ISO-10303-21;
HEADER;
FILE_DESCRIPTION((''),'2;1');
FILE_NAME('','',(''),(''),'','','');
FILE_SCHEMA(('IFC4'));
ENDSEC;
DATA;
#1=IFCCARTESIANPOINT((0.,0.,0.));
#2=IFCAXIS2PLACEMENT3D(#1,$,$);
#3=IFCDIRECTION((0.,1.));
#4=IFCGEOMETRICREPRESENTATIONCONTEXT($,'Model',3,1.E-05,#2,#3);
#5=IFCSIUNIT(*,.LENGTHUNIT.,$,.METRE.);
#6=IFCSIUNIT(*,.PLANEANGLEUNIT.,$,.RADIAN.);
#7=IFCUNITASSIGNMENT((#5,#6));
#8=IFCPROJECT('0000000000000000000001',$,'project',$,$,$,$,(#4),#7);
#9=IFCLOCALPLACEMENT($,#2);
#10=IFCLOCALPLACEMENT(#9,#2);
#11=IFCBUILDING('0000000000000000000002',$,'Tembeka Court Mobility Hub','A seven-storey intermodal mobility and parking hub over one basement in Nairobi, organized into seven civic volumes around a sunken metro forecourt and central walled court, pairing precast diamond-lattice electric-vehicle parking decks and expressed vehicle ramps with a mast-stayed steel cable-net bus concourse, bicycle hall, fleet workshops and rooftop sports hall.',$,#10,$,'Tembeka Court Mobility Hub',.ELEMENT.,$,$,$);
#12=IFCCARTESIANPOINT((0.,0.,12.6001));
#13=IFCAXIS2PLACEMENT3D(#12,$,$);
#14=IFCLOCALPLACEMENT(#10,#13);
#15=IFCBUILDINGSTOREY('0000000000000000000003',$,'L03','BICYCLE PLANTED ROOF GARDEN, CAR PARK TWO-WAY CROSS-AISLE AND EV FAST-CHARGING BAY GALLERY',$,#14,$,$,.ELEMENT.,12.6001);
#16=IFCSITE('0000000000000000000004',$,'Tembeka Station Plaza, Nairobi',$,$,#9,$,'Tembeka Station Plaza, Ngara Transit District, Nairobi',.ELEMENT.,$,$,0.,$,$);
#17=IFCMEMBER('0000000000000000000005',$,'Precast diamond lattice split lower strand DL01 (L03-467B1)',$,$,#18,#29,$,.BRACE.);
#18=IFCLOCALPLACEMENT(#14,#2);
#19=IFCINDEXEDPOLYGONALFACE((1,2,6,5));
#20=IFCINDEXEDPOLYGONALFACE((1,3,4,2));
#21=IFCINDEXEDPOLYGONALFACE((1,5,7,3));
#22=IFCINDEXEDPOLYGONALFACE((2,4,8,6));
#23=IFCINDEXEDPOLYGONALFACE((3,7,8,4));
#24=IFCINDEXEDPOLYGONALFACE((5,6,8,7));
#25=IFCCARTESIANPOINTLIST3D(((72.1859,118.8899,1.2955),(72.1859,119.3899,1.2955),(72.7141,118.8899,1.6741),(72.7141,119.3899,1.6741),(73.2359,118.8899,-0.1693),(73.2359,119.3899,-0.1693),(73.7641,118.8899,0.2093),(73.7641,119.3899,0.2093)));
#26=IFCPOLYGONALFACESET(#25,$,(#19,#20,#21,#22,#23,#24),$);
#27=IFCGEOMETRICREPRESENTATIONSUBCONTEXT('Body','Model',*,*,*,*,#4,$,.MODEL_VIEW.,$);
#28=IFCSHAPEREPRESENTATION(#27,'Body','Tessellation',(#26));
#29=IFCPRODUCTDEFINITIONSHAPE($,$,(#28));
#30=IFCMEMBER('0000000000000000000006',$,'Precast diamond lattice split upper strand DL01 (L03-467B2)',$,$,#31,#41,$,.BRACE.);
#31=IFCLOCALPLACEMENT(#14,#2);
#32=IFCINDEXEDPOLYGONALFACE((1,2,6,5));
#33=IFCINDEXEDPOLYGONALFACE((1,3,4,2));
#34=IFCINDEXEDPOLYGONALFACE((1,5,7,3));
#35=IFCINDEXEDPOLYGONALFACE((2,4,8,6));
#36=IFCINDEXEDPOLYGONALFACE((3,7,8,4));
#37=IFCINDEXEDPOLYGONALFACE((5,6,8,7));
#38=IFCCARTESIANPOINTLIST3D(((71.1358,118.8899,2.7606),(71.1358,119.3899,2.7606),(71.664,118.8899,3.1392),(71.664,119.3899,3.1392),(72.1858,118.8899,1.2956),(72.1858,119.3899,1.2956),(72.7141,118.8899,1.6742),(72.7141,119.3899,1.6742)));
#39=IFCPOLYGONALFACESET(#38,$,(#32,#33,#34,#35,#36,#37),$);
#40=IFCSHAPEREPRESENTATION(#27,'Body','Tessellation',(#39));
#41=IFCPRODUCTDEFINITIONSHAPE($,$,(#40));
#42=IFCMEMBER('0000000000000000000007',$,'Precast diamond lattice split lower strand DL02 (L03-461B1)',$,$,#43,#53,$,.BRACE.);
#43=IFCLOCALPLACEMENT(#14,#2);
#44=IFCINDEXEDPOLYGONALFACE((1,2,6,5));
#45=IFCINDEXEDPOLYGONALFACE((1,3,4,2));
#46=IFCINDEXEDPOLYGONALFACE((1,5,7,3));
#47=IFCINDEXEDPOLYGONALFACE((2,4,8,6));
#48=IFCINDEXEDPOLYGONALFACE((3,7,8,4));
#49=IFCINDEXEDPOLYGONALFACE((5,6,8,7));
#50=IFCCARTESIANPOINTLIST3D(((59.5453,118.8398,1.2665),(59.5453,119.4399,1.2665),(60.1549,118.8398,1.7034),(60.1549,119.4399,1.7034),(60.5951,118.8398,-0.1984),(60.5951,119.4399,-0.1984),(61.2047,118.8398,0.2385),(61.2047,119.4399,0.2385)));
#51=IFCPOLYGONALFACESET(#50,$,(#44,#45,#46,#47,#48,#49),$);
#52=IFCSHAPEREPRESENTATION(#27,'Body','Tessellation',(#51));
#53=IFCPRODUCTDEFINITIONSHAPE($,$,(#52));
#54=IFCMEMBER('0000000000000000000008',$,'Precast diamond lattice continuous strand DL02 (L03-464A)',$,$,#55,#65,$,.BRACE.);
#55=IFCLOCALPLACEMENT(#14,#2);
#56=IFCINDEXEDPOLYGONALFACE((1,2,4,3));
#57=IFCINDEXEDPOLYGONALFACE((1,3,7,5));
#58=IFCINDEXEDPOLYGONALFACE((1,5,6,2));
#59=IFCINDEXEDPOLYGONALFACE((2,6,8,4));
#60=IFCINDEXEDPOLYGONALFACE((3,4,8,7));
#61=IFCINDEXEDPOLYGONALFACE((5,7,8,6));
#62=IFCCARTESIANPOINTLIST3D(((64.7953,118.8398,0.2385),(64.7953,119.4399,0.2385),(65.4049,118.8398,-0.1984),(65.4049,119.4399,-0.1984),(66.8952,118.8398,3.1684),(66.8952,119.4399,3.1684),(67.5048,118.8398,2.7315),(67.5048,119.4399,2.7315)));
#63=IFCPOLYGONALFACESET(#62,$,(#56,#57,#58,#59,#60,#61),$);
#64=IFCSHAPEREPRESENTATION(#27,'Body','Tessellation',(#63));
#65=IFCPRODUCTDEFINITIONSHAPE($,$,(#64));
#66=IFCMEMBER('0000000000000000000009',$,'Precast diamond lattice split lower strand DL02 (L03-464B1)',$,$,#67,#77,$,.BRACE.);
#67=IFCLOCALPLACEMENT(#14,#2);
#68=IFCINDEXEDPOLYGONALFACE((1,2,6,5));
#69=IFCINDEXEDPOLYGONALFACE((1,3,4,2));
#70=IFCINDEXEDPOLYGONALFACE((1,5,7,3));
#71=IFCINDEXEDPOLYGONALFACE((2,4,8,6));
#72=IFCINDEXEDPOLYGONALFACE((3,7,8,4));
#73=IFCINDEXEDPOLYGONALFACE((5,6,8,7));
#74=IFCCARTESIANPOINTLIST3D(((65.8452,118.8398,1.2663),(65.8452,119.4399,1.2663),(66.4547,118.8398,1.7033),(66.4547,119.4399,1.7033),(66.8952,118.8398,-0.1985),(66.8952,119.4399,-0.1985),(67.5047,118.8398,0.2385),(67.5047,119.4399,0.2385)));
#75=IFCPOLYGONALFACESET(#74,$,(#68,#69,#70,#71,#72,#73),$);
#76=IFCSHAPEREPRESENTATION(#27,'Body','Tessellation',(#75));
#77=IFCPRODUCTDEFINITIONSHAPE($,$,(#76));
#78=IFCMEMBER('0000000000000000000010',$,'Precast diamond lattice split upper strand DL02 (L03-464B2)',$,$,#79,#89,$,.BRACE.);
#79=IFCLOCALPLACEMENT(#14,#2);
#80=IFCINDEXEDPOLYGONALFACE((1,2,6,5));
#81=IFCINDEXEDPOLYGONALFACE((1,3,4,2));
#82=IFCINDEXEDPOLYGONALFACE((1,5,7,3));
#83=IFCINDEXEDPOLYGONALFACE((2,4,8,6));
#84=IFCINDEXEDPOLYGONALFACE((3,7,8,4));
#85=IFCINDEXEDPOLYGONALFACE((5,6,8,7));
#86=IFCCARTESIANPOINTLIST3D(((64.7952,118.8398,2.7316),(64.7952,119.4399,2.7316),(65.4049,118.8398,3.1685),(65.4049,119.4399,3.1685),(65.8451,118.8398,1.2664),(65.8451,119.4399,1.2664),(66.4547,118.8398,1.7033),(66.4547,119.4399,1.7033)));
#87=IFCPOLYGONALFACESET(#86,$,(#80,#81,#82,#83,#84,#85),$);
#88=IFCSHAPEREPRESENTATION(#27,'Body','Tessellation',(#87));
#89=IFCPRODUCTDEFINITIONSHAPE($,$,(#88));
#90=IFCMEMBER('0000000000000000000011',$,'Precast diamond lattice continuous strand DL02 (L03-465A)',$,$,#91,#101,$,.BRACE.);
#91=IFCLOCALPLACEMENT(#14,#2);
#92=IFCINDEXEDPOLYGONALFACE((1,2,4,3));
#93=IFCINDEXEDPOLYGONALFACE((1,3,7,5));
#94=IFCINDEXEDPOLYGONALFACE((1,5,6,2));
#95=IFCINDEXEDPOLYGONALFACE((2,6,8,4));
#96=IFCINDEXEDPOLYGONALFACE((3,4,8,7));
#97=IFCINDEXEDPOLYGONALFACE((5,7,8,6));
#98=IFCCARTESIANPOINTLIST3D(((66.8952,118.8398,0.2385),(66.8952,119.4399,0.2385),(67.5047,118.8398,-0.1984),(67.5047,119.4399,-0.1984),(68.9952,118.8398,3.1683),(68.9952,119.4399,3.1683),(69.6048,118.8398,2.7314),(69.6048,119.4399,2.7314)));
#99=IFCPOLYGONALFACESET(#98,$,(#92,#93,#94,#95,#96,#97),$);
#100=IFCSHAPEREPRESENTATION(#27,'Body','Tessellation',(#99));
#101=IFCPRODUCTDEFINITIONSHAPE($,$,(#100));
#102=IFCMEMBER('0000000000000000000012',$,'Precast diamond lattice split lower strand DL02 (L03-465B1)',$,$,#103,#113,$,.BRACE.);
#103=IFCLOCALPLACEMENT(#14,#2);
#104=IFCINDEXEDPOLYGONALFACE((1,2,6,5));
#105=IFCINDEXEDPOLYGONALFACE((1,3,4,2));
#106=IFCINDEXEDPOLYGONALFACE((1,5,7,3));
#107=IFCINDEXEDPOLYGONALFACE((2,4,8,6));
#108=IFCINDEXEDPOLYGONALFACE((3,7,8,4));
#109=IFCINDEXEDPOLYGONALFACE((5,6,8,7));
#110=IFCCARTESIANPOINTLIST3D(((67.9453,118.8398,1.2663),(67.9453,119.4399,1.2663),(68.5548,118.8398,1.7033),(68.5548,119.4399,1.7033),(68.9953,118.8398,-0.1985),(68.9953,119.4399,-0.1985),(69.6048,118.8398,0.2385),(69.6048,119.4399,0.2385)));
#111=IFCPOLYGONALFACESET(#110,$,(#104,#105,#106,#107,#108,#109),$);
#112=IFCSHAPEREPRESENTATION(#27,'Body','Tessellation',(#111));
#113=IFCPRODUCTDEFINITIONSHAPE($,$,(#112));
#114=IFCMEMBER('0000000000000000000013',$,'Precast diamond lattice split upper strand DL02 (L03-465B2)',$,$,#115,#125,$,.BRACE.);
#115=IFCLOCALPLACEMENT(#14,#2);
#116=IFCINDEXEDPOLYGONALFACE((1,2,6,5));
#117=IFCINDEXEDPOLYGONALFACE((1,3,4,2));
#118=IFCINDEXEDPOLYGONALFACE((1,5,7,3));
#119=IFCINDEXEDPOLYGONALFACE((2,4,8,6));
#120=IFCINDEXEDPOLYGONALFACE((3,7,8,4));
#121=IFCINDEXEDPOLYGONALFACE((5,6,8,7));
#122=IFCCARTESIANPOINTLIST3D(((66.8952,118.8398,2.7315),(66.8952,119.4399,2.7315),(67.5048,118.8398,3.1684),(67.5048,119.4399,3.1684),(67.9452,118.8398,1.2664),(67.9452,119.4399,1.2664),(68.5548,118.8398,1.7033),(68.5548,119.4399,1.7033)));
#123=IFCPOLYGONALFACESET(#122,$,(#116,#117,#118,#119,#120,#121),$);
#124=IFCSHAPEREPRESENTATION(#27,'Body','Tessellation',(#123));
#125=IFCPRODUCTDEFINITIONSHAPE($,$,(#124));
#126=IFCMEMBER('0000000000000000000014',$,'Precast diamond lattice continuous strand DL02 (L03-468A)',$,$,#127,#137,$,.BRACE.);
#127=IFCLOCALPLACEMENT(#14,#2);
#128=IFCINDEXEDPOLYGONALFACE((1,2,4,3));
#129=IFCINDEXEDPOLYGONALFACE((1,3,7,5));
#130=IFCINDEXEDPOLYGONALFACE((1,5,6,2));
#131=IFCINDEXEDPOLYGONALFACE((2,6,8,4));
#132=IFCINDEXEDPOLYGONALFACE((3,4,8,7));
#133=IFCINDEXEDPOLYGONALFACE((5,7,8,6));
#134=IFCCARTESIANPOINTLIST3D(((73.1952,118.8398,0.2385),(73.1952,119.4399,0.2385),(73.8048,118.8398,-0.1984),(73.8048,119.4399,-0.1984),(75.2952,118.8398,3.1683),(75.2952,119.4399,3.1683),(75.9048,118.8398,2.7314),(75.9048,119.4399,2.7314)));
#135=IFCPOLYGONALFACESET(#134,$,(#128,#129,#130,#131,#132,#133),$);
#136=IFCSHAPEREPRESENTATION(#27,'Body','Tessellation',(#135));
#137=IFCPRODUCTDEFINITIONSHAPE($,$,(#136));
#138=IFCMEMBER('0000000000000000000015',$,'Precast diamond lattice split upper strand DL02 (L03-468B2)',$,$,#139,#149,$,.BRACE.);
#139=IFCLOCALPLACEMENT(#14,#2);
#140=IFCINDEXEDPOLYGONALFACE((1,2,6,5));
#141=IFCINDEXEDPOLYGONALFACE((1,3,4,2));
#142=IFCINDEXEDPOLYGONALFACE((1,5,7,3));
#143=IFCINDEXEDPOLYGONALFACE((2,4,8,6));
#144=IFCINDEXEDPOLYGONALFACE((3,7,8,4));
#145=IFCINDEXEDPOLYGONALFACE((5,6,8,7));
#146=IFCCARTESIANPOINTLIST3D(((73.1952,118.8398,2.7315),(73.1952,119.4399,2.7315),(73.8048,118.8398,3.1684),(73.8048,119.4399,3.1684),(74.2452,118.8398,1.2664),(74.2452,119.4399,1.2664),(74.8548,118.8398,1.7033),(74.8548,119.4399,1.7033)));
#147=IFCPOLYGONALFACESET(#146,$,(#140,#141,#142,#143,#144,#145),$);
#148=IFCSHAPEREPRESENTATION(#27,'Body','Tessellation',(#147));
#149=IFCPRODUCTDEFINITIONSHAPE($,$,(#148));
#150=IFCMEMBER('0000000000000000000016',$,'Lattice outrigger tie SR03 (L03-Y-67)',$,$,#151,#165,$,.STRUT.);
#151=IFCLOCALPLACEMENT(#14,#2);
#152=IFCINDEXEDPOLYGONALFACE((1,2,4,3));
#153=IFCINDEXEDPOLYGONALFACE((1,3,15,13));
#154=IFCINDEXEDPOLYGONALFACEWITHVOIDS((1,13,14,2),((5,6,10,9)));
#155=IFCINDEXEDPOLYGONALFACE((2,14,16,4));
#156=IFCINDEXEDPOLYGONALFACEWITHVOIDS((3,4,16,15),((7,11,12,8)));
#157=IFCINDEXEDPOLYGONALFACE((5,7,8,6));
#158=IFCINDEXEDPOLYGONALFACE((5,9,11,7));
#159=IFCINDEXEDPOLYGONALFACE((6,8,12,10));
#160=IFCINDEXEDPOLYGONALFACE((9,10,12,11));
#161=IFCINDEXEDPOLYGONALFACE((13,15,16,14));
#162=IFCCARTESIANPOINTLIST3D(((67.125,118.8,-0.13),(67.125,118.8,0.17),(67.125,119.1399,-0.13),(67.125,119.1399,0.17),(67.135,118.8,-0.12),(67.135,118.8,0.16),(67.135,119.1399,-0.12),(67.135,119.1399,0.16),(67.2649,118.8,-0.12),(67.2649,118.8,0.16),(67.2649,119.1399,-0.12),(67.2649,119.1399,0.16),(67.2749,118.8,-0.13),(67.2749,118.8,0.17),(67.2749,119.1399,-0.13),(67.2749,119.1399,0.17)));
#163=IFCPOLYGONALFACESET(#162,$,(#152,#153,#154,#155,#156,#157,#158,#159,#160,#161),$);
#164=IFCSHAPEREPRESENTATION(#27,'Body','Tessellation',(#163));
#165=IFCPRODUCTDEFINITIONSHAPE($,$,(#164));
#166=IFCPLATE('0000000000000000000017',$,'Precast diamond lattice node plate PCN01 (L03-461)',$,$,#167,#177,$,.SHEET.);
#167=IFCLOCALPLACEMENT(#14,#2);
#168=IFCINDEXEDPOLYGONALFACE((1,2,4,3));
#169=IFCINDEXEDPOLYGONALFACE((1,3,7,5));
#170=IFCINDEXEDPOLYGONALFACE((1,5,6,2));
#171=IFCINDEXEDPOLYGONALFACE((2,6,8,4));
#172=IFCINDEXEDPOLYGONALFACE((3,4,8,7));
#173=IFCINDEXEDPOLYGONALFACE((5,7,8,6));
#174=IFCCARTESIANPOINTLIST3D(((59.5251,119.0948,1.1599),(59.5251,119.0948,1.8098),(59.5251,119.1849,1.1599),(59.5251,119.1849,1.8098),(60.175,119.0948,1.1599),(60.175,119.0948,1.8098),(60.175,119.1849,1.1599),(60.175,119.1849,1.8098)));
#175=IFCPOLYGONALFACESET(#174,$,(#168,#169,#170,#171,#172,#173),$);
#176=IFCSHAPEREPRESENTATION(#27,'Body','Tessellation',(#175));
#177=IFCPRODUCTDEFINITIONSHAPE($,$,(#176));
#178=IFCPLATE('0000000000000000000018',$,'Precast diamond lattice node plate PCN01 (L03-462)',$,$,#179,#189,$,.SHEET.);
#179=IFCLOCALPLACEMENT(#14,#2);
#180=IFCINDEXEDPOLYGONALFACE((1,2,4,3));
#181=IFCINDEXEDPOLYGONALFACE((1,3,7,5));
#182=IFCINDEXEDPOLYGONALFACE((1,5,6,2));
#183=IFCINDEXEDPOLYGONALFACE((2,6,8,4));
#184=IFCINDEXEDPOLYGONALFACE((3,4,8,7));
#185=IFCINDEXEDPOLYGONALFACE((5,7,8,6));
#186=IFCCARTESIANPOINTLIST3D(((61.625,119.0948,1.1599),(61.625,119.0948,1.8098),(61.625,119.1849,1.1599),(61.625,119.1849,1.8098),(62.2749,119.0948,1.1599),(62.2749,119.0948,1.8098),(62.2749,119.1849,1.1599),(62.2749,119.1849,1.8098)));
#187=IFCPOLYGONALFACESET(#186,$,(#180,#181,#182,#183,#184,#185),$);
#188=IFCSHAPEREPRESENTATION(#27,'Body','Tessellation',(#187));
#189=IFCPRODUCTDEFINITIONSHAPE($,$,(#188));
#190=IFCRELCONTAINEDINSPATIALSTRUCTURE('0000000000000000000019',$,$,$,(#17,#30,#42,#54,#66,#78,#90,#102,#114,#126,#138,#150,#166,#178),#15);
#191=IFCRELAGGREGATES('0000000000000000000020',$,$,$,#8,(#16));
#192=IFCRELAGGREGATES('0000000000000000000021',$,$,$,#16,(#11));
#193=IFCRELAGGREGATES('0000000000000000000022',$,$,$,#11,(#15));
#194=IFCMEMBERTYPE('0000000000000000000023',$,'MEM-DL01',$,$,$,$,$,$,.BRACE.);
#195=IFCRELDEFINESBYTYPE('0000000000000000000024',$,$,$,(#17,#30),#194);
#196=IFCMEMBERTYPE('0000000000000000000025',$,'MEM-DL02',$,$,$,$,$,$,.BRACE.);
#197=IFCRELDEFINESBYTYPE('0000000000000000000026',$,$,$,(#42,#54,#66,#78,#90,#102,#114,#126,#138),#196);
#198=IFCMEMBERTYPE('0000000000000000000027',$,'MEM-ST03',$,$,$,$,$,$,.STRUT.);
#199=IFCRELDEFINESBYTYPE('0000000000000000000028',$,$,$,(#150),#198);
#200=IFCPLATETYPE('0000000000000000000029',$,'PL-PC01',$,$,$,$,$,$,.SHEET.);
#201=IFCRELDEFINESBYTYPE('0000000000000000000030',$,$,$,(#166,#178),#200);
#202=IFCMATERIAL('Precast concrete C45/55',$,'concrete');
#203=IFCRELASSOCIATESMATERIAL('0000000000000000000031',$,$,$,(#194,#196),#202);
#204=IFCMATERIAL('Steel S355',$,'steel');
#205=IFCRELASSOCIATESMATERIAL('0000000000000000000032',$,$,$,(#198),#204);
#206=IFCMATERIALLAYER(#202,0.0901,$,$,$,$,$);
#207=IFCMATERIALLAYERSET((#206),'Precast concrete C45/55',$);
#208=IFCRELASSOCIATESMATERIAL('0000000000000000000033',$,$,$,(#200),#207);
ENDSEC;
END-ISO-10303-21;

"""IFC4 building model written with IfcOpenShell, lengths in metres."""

from ifc_helpers import new_model, si_unit, direction, frame, origin, origin_2d, place, context, subcontext, project, spatial, rectangle, hollow_rectangle, extrude, material, layer, layer_set, material_profile, profile_set, type_object, element, save


model = new_model("IFC4")

# Units and contexts
model_context = context("Model", 3, precision=1e-05, world=origin(), true_north=direction((0.0, 1.0)))
body_context = subcontext(model_context, "Body", "Model", "MODEL_VIEW")
ifc_project = project(units=[si_unit("LENGTHUNIT", "METRE"), si_unit("PLANEANGLEUNIT", "RADIAN")], contexts=[model_context])

# Site, building, storey
site_placement = place(None, origin())
site = spatial("IfcSite", under=ifc_project, at=site_placement, Name="Tembeka Station Plaza, Nairobi", LongName="Tembeka Station Plaza, Ngara Transit District, Nairobi", CompositionType="ELEMENT", RefElevation=0.0)
building_placement = place(site_placement, origin())
building = spatial("IfcBuilding", under=site, at=building_placement, Name="Tembeka Court Mobility Hub", Description="A seven-storey intermodal mobility and parking hub over one basement in Nairobi, organized into seven civic volumes around a sunken metro forecourt and central walled court, pairing precast diamond-lattice electric-vehicle parking decks and expressed vehicle ramps with a mast-stayed steel cable-net bus concourse, bicycle hall, fleet workshops and rooftop sports hall.", LongName="Tembeka Court Mobility Hub", CompositionType="ELEMENT")
storey_placement = place(building_placement, frame((0.0, 0.0, 12.6001)))
storey = spatial("IfcBuildingStorey", under=building, at=storey_placement, Name="L03", Description="BICYCLE PLANTED ROOF GARDEN, CAR PARK TWO-WAY CROSS-AISLE AND EV FAST-CHARGING BAY GALLERY", CompositionType="ELEMENT", Elevation=12.6001)

# Shared definitions
ifc_material_1 = material(Name="Steel S355", Category="steel")

# Shared definitions
ifc_material_2 = material(Name="Precast concrete C45/55", Category="concrete")

# Members
ifc_material_profile_1 = material_profile(ifc_material_2, rectangle(XDim=0.5, YDim=0.6499, at=origin_2d()), Name="PC-DIAG 500x650")
ifc_profile_set_1 = profile_set([ifc_material_profile_1], Name="Precast concrete C45/55")
member_type_1 = type_object("IfcMemberType", Name="MEM-DL01", PredefinedType="BRACE", material=ifc_profile_set_1)
member_1_placement = place(storey_placement, frame((73.5, 119.1399, 0.02), z_axis=(-0.582608, 0.0, 0.812753), x_axis=(0.0, -1.0, 0.0)))
element("IfcMember", 1, at=member_1_placement, inside=storey, type_object=member_type_1, Name="Precast diamond lattice split lower strand DL01 (L03-467B1)", PredefinedType="BRACE", context=body_context, shape_type="SweptSolid", body=[
    extrude(rectangle(XDim=0.5, YDim=0.6499, at=origin_2d()), origin(), (0.0, 0.0, 1.0), 1.8022),
])
member_2_placement = place(storey_placement, frame((72.45, 119.1399, 1.4849), z_axis=(-0.582544, 0.0, 0.812799), x_axis=(0.0, -1.0, 0.0)))
element("IfcMember", 2, at=member_2_placement, inside=storey, type_object=member_type_1, Name="Precast diamond lattice split upper strand DL01 (L03-467B2)", PredefinedType="BRACE", context=body_context, shape_type="SweptSolid", body=[
    extrude(rectangle(XDim=0.5, YDim=0.6499, at=origin_2d()), origin(), (0.0, 0.0, 1.0), 1.8025),
])
ifc_material_profile_2 = material_profile(ifc_material_2, rectangle(XDim=0.6001, YDim=0.75, at=origin_2d()), Name="PC-DIAG 600x750")
ifc_profile_set_2 = profile_set([ifc_material_profile_2], Name="Precast concrete C45/55")
member_type_2 = type_object("IfcMemberType", Name="MEM-DL02", PredefinedType="BRACE", material=ifc_profile_set_2)
member_3_placement = place(storey_placement, frame((60.8999, 119.1399, 0.02), z_axis=(-0.582519, 0.0, 0.812817), x_axis=(0.0, -1.0, 0.0)))
element("IfcMember", 3, at=member_3_placement, inside=storey, type_object=member_type_2, Name="Precast diamond lattice split lower strand DL02 (L03-461B1)", PredefinedType="BRACE", context=body_context, shape_type="SweptSolid", body=[
    extrude(rectangle(XDim=0.6001, YDim=0.75, at=origin_2d()), origin(), (0.0, 0.0, 1.0), 1.8022),
])
member_4_placement = place(storey_placement, frame((65.1001, 119.1399, 0.02), z_axis=(0.582532, 0.0, 0.812808), x_axis=(0.0, 1.0, 0.0)))
element("IfcMember", 4, at=member_4_placement, inside=storey, type_object=member_type_2, Name="Precast diamond lattice continuous strand DL02 (L03-464A)", PredefinedType="BRACE", context=body_context, shape_type="SweptSolid", body=[
    extrude(rectangle(XDim=0.6001, YDim=0.75, at=origin_2d()), origin(), (0.0, 0.0, 1.0), 3.6047),
])
member_5_placement = place(storey_placement, frame((67.2, 119.1399, 0.02), z_axis=(-0.582608, 0.0, 0.812753), x_axis=(0.0, -1.0, 0.0)))
element("IfcMember", 5, at=member_5_placement, inside=storey, type_object=member_type_2, Name="Precast diamond lattice split lower strand DL02 (L03-464B1)", PredefinedType="BRACE", context=body_context, shape_type="SweptSolid", body=[
    extrude(rectangle(XDim=0.6001, YDim=0.75, at=origin_2d()), origin(), (0.0, 0.0, 1.0), 1.8022),
])
member_6_placement = place(storey_placement, frame((66.1499, 119.1399, 1.4849), z_axis=(-0.582455, 0.0, 0.812863), x_axis=(0.0, -1.0, 0.0)))
element("IfcMember", 6, at=member_6_placement, inside=storey, type_object=member_type_2, Name="Precast diamond lattice split upper strand DL02 (L03-464B2)", PredefinedType="BRACE", context=body_context, shape_type="SweptSolid", body=[
    extrude(rectangle(XDim=0.6001, YDim=0.75, at=origin_2d()), origin(), (0.0, 0.0, 1.0), 1.8025),
])
member_7_placement = place(storey_placement, frame((67.2, 119.1399, 0.02), z_axis=(0.582576, 0.0, 0.812776), x_axis=(0.0, 1.0, 0.0)))
element("IfcMember", 7, at=member_7_placement, inside=storey, type_object=member_type_2, Name="Precast diamond lattice continuous strand DL02 (L03-465A)", PredefinedType="BRACE", context=body_context, shape_type="SweptSolid", body=[
    extrude(rectangle(XDim=0.6001, YDim=0.75, at=origin_2d()), origin(), (0.0, 0.0, 1.0), 3.6047),
])
member_8_placement = place(storey_placement, frame((69.3, 119.1399, 0.02), z_axis=(-0.582608, 0.0, 0.812753), x_axis=(0.0, -1.0, 0.0)))
element("IfcMember", 8, at=member_8_placement, inside=storey, type_object=member_type_2, Name="Precast diamond lattice split lower strand DL02 (L03-465B1)", PredefinedType="BRACE", context=body_context, shape_type="SweptSolid", body=[
    extrude(rectangle(XDim=0.6001, YDim=0.75, at=origin_2d()), origin(), (0.0, 0.0, 1.0), 1.8022),
])
member_9_placement = place(storey_placement, frame((68.25, 119.1399, 1.4849), z_axis=(-0.582544, 0.0, 0.812799), x_axis=(0.0, -1.0, 0.0)))
element("IfcMember", 9, at=member_9_placement, inside=storey, type_object=member_type_2, Name="Precast diamond lattice split upper strand DL02 (L03-465B2)", PredefinedType="BRACE", context=body_context, shape_type="SweptSolid", body=[
    extrude(rectangle(XDim=0.6001, YDim=0.75, at=origin_2d()), origin(), (0.0, 0.0, 1.0), 1.8025),
])
member_10_placement = place(storey_placement, frame((73.5, 119.1399, 0.02), z_axis=(0.582576, 0.0, 0.812776), x_axis=(0.0, 1.0, 0.0)))
element("IfcMember", 10, at=member_10_placement, inside=storey, type_object=member_type_2, Name="Precast diamond lattice continuous strand DL02 (L03-468A)", PredefinedType="BRACE", context=body_context, shape_type="SweptSolid", body=[
    extrude(rectangle(XDim=0.6001, YDim=0.75, at=origin_2d()), origin(), (0.0, 0.0, 1.0), 3.6047),
])
member_11_placement = place(storey_placement, frame((74.55, 119.1399, 1.4849), z_axis=(-0.582544, 0.0, 0.812799), x_axis=(0.0, -1.0, 0.0)))
element("IfcMember", 11, at=member_11_placement, inside=storey, type_object=member_type_2, Name="Precast diamond lattice split upper strand DL02 (L03-468B2)", PredefinedType="BRACE", context=body_context, shape_type="SweptSolid", body=[
    extrude(rectangle(XDim=0.6001, YDim=0.75, at=origin_2d()), origin(), (0.0, 0.0, 1.0), 1.8025),
])
ifc_material_profile_3 = material_profile(ifc_material_1, hollow_rectangle(XDim=0.1499, YDim=0.3, WallThickness=0.01, at=origin_2d()), Name="RHS 300x150x10")
ifc_profile_set_3 = profile_set([ifc_material_profile_3], Name="Steel S355")
member_type_3 = type_object("IfcMemberType", Name="MEM-ST03", PredefinedType="STRUT", material=ifc_profile_set_3)
member_12_placement = place(storey_placement, frame((67.2, 118.8, 0.02), z_axis=(0.0, 1.0, 0.0), x_axis=(-1.0, 0.0, 0.0)))
element("IfcMember", 12, at=member_12_placement, inside=storey, type_object=member_type_3, Name="Lattice outrigger tie SR03 (L03-Y-67)", PredefinedType="STRUT", context=body_context, shape_type="SweptSolid", body=[
    extrude(hollow_rectangle(XDim=0.1499, YDim=0.3, WallThickness=0.01, at=origin_2d()), origin(), (0.0, 0.0, 1.0), 0.3398),
])

# Plates
ifc_layer = layer(ifc_material_2, 0.0901)
ifc_layer_set = layer_set([ifc_layer], Name="Precast concrete C45/55")
plate_type = type_object("IfcPlateType", Name="PL-PC01", PredefinedType="SHEET", material=ifc_layer_set)
for number, where, z_axis, x_axis, name in (
    (13, (59.8501, 119.1399, 1.1599), (0.0, 0.0, 1.0), (1.0, 0.0, 0.0), "Precast diamond lattice node plate PCN01 (L03-461)"),
    (14, (61.95, 119.1399, 1.1599), (0.0, 0.0, 1.0), (1.0, 0.0, 0.0), "Precast diamond lattice node plate PCN01 (L03-462)"),
):
    element("IfcPlate", number, at=place(storey_placement, frame(where, z_axis=z_axis, x_axis=x_axis)), inside=storey, type_object=plate_type, Name=name, PredefinedType="SHEET", context=body_context, shape_type="SweptSolid", body=[
        extrude(rectangle(XDim=0.6499, YDim=0.0901, at=origin_2d()), origin(), (0.0, 0.0, 1.0), 0.6499),
    ])

save(model, "model.ifc")
